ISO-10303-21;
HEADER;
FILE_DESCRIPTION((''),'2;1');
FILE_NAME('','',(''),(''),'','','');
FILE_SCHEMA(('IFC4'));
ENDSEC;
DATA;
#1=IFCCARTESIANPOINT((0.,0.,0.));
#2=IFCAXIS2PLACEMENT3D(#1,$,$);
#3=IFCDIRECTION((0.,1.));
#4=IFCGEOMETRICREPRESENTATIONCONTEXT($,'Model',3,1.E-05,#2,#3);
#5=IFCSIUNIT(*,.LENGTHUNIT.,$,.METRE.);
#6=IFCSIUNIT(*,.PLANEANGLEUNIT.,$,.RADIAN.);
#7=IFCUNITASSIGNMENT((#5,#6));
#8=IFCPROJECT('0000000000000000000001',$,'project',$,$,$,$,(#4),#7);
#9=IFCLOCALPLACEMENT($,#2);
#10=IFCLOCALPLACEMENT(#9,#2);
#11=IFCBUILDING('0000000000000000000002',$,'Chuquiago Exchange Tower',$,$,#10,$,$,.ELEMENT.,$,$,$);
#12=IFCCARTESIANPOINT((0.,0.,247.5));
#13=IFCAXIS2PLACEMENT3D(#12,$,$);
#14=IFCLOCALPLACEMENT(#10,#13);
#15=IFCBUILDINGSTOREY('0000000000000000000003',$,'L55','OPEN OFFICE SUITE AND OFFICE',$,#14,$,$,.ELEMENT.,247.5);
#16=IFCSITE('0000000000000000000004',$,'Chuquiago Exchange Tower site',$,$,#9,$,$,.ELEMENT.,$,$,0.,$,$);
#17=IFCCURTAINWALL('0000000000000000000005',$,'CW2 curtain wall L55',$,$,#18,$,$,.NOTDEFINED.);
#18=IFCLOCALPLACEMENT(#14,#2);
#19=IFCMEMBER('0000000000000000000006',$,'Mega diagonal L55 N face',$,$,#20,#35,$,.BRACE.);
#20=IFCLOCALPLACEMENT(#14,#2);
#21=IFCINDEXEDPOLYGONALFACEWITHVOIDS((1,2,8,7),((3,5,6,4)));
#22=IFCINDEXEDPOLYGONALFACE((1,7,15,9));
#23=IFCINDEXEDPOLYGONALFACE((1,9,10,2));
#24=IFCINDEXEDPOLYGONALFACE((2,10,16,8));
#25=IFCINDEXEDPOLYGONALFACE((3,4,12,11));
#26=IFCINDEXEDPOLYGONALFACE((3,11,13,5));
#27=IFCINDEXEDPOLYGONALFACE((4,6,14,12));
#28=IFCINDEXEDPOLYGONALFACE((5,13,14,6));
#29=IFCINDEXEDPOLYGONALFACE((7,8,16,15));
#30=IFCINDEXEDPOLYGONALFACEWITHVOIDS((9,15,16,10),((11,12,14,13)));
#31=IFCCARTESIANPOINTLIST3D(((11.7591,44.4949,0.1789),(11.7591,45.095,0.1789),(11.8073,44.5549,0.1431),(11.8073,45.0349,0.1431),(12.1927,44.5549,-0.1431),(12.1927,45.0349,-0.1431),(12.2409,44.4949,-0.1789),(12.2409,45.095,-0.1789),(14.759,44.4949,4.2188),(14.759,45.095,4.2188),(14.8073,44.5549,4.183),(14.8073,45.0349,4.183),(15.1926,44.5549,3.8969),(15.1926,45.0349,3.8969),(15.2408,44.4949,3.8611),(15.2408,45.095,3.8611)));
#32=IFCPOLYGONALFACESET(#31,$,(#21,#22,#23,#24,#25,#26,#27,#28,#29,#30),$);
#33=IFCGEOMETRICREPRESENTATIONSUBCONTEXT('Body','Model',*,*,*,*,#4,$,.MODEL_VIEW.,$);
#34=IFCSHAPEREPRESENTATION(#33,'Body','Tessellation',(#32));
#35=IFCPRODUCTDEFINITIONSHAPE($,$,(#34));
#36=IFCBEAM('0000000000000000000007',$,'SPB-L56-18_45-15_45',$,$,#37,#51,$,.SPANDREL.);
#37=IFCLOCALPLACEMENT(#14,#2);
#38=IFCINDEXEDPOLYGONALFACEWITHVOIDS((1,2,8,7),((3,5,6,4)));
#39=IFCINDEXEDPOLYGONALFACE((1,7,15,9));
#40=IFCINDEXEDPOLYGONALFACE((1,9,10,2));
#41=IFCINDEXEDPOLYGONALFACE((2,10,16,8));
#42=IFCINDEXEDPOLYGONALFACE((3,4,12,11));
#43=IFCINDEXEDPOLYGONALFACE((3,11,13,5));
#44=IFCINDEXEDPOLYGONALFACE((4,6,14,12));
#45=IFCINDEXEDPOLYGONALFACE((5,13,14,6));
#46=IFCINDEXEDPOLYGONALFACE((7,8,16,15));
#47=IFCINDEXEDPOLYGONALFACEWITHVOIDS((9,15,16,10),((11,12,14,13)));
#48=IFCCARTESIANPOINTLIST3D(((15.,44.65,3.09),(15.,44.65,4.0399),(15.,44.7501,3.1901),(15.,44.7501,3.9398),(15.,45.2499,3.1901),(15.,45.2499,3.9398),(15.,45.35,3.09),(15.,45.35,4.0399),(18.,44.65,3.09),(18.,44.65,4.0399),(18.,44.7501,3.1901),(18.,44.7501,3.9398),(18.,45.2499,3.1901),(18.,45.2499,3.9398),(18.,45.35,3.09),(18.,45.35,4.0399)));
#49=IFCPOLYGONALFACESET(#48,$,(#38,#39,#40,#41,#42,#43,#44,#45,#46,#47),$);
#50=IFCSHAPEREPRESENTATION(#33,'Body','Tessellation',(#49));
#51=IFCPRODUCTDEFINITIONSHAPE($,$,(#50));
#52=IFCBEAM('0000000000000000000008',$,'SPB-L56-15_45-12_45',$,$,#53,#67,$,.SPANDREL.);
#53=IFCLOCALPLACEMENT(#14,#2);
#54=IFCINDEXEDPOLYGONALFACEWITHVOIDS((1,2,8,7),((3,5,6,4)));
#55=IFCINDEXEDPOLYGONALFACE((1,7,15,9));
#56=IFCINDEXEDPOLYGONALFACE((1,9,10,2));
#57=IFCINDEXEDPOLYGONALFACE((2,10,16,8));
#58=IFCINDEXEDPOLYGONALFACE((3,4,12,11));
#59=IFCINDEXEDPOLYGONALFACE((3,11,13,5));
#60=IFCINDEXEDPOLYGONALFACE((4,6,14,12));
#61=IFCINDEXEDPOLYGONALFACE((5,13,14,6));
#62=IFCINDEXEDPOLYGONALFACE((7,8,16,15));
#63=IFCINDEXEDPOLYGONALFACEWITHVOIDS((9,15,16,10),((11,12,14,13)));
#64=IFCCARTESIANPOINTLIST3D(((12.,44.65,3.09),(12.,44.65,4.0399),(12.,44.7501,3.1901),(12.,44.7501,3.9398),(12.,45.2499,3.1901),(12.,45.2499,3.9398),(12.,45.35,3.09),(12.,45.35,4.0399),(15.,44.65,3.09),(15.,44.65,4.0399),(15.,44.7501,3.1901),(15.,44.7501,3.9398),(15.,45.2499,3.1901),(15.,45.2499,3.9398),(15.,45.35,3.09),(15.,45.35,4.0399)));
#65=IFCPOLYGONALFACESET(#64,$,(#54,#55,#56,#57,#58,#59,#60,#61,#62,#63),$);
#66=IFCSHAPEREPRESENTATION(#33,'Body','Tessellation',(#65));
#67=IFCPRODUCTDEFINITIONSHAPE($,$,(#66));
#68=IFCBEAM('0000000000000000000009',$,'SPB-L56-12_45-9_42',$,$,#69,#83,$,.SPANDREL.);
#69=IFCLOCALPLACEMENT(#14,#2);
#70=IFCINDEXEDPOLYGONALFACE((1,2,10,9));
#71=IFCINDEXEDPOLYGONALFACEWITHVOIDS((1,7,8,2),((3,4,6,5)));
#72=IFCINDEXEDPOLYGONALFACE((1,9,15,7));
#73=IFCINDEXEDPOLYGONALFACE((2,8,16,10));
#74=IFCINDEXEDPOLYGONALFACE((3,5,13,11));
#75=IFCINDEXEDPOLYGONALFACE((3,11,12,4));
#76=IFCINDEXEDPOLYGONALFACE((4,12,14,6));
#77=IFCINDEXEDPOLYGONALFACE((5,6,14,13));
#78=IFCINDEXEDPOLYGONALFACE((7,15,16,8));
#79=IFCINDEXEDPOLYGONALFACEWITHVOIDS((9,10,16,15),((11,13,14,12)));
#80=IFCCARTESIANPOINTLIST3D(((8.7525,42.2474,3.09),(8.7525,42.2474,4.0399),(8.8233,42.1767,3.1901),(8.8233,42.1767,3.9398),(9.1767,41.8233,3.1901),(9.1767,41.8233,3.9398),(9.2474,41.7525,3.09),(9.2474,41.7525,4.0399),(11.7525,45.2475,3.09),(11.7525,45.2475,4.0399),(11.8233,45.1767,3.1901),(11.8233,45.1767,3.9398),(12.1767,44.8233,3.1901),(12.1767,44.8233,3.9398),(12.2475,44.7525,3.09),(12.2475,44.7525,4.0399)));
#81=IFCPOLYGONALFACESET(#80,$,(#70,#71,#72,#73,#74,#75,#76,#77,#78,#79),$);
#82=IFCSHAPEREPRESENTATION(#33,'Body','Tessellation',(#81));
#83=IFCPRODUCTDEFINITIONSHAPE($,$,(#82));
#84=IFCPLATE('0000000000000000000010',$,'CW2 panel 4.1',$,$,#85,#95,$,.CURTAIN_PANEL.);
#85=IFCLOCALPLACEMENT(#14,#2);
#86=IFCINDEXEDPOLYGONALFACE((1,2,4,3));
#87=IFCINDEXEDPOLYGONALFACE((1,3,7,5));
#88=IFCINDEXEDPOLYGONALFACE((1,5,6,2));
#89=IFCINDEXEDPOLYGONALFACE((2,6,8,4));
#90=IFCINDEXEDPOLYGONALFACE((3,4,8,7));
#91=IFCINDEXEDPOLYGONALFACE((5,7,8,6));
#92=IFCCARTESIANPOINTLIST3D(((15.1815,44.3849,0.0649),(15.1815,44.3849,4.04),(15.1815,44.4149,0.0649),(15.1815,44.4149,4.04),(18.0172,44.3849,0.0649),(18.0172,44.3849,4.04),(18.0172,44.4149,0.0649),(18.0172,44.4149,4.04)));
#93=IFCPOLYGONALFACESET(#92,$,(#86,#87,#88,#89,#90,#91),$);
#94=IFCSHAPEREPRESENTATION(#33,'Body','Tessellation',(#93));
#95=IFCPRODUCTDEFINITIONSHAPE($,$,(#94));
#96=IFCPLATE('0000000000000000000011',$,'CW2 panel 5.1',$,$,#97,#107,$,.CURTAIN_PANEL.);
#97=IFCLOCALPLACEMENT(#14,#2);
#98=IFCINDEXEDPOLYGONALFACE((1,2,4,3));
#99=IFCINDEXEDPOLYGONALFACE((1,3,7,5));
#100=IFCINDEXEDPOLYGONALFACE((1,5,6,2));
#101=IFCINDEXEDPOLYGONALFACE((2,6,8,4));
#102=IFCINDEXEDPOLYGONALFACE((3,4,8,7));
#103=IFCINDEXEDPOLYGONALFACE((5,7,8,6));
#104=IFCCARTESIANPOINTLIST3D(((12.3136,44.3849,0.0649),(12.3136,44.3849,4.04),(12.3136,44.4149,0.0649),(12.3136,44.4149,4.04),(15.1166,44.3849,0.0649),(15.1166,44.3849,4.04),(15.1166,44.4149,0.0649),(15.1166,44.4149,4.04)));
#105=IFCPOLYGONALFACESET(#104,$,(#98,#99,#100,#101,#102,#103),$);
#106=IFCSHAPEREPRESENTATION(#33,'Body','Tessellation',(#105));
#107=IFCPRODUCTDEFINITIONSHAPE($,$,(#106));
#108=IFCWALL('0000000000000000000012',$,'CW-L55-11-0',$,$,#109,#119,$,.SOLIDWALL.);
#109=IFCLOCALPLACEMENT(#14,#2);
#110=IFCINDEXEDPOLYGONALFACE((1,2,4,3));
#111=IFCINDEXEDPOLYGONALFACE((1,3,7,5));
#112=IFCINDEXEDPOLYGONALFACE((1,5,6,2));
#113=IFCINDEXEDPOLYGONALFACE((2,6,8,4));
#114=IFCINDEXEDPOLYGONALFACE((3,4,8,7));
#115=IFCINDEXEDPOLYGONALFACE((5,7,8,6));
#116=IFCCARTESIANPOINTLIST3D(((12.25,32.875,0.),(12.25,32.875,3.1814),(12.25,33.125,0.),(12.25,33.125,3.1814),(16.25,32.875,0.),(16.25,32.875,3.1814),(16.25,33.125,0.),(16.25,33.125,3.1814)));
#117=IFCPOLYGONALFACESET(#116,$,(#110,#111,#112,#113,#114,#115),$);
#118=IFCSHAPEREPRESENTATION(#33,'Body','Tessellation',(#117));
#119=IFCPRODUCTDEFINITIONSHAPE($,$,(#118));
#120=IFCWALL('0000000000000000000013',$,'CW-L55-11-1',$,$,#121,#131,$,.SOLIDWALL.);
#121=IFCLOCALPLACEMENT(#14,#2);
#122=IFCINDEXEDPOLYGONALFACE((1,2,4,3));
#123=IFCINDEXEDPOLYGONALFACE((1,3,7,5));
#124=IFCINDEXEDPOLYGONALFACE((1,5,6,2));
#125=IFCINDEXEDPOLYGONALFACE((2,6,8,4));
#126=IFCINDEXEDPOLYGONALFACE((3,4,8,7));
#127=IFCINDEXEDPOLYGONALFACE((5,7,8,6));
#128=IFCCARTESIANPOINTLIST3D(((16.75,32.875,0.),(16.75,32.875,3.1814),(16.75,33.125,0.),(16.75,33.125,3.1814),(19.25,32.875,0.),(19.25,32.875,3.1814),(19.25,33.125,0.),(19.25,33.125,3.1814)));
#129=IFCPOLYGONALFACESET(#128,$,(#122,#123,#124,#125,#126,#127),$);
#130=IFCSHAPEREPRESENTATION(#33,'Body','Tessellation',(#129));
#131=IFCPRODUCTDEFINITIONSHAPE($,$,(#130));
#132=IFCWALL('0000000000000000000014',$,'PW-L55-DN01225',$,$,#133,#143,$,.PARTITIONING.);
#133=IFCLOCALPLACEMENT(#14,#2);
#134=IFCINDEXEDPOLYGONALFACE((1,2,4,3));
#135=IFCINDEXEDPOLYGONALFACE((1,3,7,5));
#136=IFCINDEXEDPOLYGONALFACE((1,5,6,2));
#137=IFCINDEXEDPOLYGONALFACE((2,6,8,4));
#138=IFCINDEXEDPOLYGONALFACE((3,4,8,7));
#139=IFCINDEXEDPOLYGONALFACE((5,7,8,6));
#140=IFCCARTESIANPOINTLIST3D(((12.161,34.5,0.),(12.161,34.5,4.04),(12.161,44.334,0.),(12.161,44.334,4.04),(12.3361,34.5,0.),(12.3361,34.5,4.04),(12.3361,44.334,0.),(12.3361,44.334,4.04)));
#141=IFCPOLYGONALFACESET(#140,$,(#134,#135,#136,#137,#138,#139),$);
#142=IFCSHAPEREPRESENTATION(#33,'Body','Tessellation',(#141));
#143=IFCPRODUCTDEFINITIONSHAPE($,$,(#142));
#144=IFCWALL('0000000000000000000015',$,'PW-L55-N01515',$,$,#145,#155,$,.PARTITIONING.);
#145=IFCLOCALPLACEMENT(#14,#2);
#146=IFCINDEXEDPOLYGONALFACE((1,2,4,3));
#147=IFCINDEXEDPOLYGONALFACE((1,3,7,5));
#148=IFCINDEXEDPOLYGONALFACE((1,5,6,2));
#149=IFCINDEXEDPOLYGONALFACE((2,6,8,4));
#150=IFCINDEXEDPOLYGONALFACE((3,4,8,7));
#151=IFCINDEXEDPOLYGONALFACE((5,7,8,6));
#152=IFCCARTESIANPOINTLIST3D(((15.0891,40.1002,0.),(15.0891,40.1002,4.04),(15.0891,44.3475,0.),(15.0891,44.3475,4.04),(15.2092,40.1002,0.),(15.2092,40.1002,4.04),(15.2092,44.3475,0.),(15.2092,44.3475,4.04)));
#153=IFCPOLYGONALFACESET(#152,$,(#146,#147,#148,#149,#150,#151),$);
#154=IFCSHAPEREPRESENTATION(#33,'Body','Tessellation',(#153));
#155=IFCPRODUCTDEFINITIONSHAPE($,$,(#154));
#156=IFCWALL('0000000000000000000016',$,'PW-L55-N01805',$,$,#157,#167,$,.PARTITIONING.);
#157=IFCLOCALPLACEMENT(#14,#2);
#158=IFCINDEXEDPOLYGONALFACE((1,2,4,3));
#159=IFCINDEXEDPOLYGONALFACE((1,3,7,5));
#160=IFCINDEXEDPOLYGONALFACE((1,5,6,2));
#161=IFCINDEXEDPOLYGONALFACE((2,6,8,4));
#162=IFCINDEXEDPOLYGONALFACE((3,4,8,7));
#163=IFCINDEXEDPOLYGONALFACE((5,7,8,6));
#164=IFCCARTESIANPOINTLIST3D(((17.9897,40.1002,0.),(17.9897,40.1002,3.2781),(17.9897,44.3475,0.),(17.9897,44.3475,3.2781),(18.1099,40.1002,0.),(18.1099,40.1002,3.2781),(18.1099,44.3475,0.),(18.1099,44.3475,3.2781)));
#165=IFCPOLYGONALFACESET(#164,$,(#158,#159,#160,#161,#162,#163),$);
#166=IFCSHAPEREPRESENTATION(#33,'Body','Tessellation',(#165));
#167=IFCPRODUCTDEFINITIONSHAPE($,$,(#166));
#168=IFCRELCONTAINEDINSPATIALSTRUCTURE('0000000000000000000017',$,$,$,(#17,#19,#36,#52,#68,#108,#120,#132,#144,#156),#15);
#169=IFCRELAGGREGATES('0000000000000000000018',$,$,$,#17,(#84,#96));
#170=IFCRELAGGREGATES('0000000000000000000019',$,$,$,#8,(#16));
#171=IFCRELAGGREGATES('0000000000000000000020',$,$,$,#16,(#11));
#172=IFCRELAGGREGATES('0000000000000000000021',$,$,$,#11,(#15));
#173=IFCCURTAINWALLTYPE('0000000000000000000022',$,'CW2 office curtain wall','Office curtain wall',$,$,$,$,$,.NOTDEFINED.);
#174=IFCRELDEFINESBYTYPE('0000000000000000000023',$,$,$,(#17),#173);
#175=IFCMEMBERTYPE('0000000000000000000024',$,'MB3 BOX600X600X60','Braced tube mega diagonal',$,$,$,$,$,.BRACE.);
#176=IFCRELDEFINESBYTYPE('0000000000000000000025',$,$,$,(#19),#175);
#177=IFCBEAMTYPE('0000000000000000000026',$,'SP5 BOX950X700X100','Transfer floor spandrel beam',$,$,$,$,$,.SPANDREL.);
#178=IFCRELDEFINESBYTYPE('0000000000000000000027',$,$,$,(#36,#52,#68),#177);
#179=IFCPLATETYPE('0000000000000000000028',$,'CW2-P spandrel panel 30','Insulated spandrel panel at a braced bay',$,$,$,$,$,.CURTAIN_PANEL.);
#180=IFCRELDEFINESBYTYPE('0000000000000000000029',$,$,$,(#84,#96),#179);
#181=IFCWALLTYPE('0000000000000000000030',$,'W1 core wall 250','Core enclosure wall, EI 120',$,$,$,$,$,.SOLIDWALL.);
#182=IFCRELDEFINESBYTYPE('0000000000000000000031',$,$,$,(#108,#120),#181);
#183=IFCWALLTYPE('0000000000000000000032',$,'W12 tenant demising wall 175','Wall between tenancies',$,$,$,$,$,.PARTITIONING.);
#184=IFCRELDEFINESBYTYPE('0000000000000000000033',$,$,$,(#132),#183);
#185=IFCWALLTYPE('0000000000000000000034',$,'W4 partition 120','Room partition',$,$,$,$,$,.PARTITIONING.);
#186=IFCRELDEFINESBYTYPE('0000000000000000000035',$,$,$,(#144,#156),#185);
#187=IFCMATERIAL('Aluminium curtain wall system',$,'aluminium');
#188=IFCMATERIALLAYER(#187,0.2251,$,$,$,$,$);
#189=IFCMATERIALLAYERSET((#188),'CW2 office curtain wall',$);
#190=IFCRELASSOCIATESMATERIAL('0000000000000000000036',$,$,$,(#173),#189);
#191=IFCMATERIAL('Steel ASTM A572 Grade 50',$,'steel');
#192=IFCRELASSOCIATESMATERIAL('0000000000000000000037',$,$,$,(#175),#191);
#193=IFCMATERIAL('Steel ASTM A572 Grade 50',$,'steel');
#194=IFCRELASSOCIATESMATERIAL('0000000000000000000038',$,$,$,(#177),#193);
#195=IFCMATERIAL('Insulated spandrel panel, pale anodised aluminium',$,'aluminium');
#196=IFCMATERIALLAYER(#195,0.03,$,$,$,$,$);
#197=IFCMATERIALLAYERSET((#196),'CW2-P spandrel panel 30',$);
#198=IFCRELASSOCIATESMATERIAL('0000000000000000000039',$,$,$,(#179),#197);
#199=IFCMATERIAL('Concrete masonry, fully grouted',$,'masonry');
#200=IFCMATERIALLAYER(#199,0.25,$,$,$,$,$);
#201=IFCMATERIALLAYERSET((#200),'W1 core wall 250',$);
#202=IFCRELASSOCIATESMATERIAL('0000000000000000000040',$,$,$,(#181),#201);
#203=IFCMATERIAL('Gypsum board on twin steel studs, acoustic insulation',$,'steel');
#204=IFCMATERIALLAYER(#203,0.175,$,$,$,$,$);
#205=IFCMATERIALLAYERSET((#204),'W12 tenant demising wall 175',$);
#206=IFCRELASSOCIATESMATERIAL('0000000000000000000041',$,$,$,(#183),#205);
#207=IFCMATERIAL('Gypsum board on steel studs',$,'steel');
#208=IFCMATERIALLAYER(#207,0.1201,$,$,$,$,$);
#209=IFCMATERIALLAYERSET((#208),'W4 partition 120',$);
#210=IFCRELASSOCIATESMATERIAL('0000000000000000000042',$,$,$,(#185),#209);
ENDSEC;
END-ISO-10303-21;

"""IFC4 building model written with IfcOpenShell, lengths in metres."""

from ifc_helpers import new_model, si_unit, direction, frame, frame_2d, origin, origin_2d, place, context, subcontext, project, spatial, rectangle, hollow_rectangle, extrude, material, layer, layer_set, material_profile, profile_set, type_object, element, aggregate, save


model = new_model("IFC4")

# Units and contexts
model_context = context("Model", 3, precision=1e-05, world=origin(), true_north=direction((0.0, 1.0)))
body_context = subcontext(model_context, "Body", "Model", "MODEL_VIEW")
ifc_project = project(units=[si_unit("LENGTHUNIT", "METRE"), si_unit("PLANEANGLEUNIT", "RADIAN")], contexts=[model_context])

# Site, building, storey
site_placement = place(None, origin())
site = spatial("IfcSite", under=ifc_project, at=site_placement, Name="Chuquiago Exchange Tower site", CompositionType="ELEMENT", RefElevation=0.0)
building_placement = place(site_placement, origin())
building = spatial("IfcBuilding", under=site, at=building_placement, Name="Chuquiago Exchange Tower", CompositionType="ELEMENT")
storey_placement = place(building_placement, frame((0.0, 0.0, 247.5)))
storey = spatial("IfcBuildingStorey", under=building, at=storey_placement, Name="L55", Description="OPEN OFFICE SUITE AND OFFICE", CompositionType="ELEMENT", Elevation=247.5)

# Curtain wall
ifc_material_1 = material(Name="Aluminium curtain wall system", Category="aluminium")
ifc_layer_1 = layer(ifc_material_1, 0.2251)
ifc_layer_set_1 = layer_set([ifc_layer_1], Name="CW2 office curtain wall")
curtain_wall_type_1 = type_object("IfcCurtainWallType", Name="CW2 office curtain wall", Description="Office curtain wall", PredefinedType="NOTDEFINED", material=ifc_layer_set_1)
curtain_wall_1_placement = place(storey_placement, origin())
curtain_wall_1 = element("IfcCurtainWall", 1, at=curtain_wall_1_placement, inside=storey, type_object=curtain_wall_type_1, Name="CW2 curtain wall L55", PredefinedType="NOTDEFINED")

# Member
ifc_material_2 = material(Name="Steel ASTM A572 Grade 50", Category="steel")
ifc_material_profile_1 = material_profile(ifc_material_2, hollow_rectangle(XDim=0.6001, YDim=0.6001, WallThickness=0.0601, at=origin_2d()), Name="BOX600X600X60")
ifc_profile_set_1 = profile_set([ifc_material_profile_1], Name="Steel ASTM A572 Grade 50")
member_type_1 = type_object("IfcMemberType", Name="MB3 BOX600X600X60", Description="Braced tube mega diagonal", PredefinedType="BRACE", material=ifc_profile_set_1)
for number, where, z_axis, x_axis, name in (
    (2, (12.0, 44.7949, 0.0), (0.596174, 0.0, 0.802855), (0.0, 1.0, 0.0), "Mega diagonal L55 N face"),
):
    element("IfcMember", number, at=place(storey_placement, frame(where, z_axis=z_axis, x_axis=x_axis)), inside=storey, type_object=member_type_1, Name=name, PredefinedType="BRACE", context=body_context, shape_type="SweptSolid", body=[
        extrude(hollow_rectangle(XDim=0.6001, YDim=0.6001, WallThickness=0.0601, at=origin_2d()), origin(), (0.0, 0.0, 1.0), 5.032),
    ])

# Beams
ifc_material_3 = material(Name="Steel ASTM A572 Grade 50", Category="steel")
ifc_material_profile_2 = material_profile(ifc_material_3, hollow_rectangle(XDim=0.7, YDim=0.95, WallThickness=0.1001, at=origin_2d()), Name="BOX950X700X100")
ifc_profile_set_2 = profile_set([ifc_material_profile_2], Name="Steel ASTM A572 Grade 50")
beam_type_1 = type_object("IfcBeamType", Name="SP5 BOX950X700X100", Description="Transfer floor spandrel beam", PredefinedType="SPANDREL", material=ifc_profile_set_2)
for number, where, z_axis, x_axis, name in (
    (3, (18.0, 45.0, 3.5649), (-1.0, 0.0, 0.0), (0.0, -1.0, 0.0), "SPB-L56-18_45-15_45"),
    (4, (15.0, 45.0, 3.5649), (-1.0, 0.0, 0.0), (0.0, -1.0, 0.0), "SPB-L56-15_45-12_45"),
):
    element("IfcBeam", number, at=place(storey_placement, frame(where, z_axis=z_axis, x_axis=x_axis)), inside=storey, type_object=beam_type_1, Name=name, PredefinedType="SPANDREL", context=body_context, shape_type="SweptSolid", body=[
        extrude(hollow_rectangle(XDim=0.7, YDim=0.95, WallThickness=0.1001, at=origin_2d()), origin(), (0.0, 0.0, 1.0), 3.0),
    ])
beam_1_placement = place(storey_placement, frame((12.0, 45.0, 3.5649), z_axis=(-0.707107, -0.707107, 0.0), x_axis=(0.707107, -0.707107, 0.0)))
element("IfcBeam", 5, at=beam_1_placement, inside=storey, type_object=beam_type_1, Name="SPB-L56-12_45-9_42", PredefinedType="SPANDREL", context=body_context, shape_type="SweptSolid", body=[
    extrude(hollow_rectangle(XDim=0.7, YDim=0.95, WallThickness=0.1001, at=origin_2d()), origin(), (0.0, 0.0, 1.0), 4.2427),
])

# Plates
ifc_material_4 = material(Name="Insulated spandrel panel, pale anodised aluminium", Category="aluminium")
ifc_layer_2 = layer(ifc_material_4, 0.03)
ifc_layer_set_2 = layer_set([ifc_layer_2], Name="CW2-P spandrel panel 30")
plate_type = type_object("IfcPlateType", Name="CW2-P spandrel panel 30", Description="Insulated spandrel panel at a braced bay", PredefinedType="CURTAIN_PANEL", material=ifc_layer_set_2)
plate_1_placement = place(storey_placement, frame((16.5994, 44.3999, 0.0649), z_axis=(0.0, 0.0, 1.0), x_axis=(-1.0, 0.0, 0.0)))
plate_1 = element("IfcPlate", 6, at=plate_1_placement, type_object=plate_type, Name="CW2 panel 4.1", PredefinedType="CURTAIN_PANEL", context=body_context, shape_type="SweptSolid", body=[
    extrude(rectangle(XDim=2.8357, YDim=0.03, at=origin_2d()), origin(), (0.0, 0.0, 1.0), 3.9751),
])
plate_2_placement = place(storey_placement, frame((13.7151, 44.3999, 0.0649), z_axis=(0.0, 0.0, 1.0), x_axis=(-1.0, 0.0, 0.0)))
plate_2 = element("IfcPlate", 7, at=plate_2_placement, type_object=plate_type, Name="CW2 panel 5.1", PredefinedType="CURTAIN_PANEL", context=body_context, shape_type="SweptSolid", body=[
    extrude(rectangle(XDim=2.803, YDim=0.03, at=origin_2d()), origin(), (0.0, 0.0, 1.0), 3.9751),
])
aggregate(curtain_wall_1, [plate_1, plate_2])

# Walls
ifc_material_5 = material(Name="Concrete masonry, fully grouted", Category="masonry")
ifc_layer_3 = layer(ifc_material_5, 0.25)
ifc_layer_set_3 = layer_set([ifc_layer_3], Name="W1 core wall 250")
wall_type_1 = type_object("IfcWallType", Name="W1 core wall 250", Description="Core enclosure wall, EI 120", PredefinedType="SOLIDWALL", material=ifc_layer_set_3)
wall_1_placement = place(storey_placement, frame((12.25, 33.0, 0.0), z_axis=(0.0, 0.0, 1.0), x_axis=(1.0, 0.0, 0.0)))
element("IfcWall", 8, at=wall_1_placement, inside=storey, type_object=wall_type_1, Name="CW-L55-11-0", PredefinedType="SOLIDWALL", context=body_context, shape_type="SweptSolid", body=[
    extrude(rectangle(XDim=4.0, YDim=0.25, at=frame_2d((2.0, 0.0))), origin(), (0.0, 0.0, 1.0), 3.1814),
])
wall_2_placement = place(storey_placement, frame((16.75, 33.0, 0.0), z_axis=(0.0, 0.0, 1.0), x_axis=(1.0, 0.0, 0.0)))
element("IfcWall", 9, at=wall_2_placement, inside=storey, type_object=wall_type_1, Name="CW-L55-11-1", PredefinedType="SOLIDWALL", context=body_context, shape_type="SweptSolid", body=[
    extrude(rectangle(XDim=2.5, YDim=0.25, at=frame_2d((1.25, 0.0))), origin(), (0.0, 0.0, 1.0), 3.1814),
])
ifc_material_6 = material(Name="Gypsum board on twin steel studs, acoustic insulation", Category="steel")
ifc_layer_4 = layer(ifc_material_6, 0.175)
ifc_layer_set_4 = layer_set([ifc_layer_4], Name="W12 tenant demising wall 175")
wall_type_2 = type_object("IfcWallType", Name="W12 tenant demising wall 175", Description="Wall between tenancies", PredefinedType="PARTITIONING", material=ifc_layer_set_4)
wall_3_placement = place(storey_placement, frame((12.2485, 44.334, 0.0), z_axis=(0.0, 0.0, 1.0), x_axis=(0.0, -1.0, 0.0)))
element("IfcWall", 10, at=wall_3_placement, inside=storey, type_object=wall_type_2, Name="PW-L55-DN01225", PredefinedType="PARTITIONING", context=body_context, shape_type="SweptSolid", body=[
    extrude(rectangle(XDim=9.834, YDim=0.175, at=frame_2d((4.917, 0.0))), origin(), (0.0, 0.0, 1.0), 4.04),
])
ifc_material_7 = material(Name="Gypsum board on steel studs", Category="steel")
ifc_layer_5 = layer(ifc_material_7, 0.1201)
ifc_layer_set_5 = layer_set([ifc_layer_5], Name="W4 partition 120")
wall_type_3 = type_object("IfcWallType", Name="W4 partition 120", Description="Room partition", PredefinedType="PARTITIONING", material=ifc_layer_set_5)
wall_4_placement = place(storey_placement, frame((15.1492, 44.3474, 0.0), z_axis=(0.0, 0.0, 1.0), x_axis=(0.0, -1.0, 0.0)))
element("IfcWall", 11, at=wall_4_placement, inside=storey, type_object=wall_type_3, Name="PW-L55-N01515", PredefinedType="PARTITIONING", context=body_context, shape_type="SweptSolid", body=[
    extrude(rectangle(XDim=4.2473, YDim=0.1201, at=frame_2d((2.1235, 0.0))), origin(), (0.0, 0.0, 1.0), 4.04),
])
wall_5_placement = place(storey_placement, frame((18.0498, 44.3474, 0.0), z_axis=(0.0, 0.0, 1.0), x_axis=(0.0, -1.0, 0.0)))
element("IfcWall", 12, at=wall_5_placement, inside=storey, type_object=wall_type_3, Name="PW-L55-N01805", PredefinedType="PARTITIONING", context=body_context, shape_type="SweptSolid", body=[
    extrude(rectangle(XDim=4.2473, YDim=0.1201, at=frame_2d((2.1235, 0.0))), origin(), (0.0, 0.0, 1.0), 3.2781),
])

save(model, "model.ifc")
